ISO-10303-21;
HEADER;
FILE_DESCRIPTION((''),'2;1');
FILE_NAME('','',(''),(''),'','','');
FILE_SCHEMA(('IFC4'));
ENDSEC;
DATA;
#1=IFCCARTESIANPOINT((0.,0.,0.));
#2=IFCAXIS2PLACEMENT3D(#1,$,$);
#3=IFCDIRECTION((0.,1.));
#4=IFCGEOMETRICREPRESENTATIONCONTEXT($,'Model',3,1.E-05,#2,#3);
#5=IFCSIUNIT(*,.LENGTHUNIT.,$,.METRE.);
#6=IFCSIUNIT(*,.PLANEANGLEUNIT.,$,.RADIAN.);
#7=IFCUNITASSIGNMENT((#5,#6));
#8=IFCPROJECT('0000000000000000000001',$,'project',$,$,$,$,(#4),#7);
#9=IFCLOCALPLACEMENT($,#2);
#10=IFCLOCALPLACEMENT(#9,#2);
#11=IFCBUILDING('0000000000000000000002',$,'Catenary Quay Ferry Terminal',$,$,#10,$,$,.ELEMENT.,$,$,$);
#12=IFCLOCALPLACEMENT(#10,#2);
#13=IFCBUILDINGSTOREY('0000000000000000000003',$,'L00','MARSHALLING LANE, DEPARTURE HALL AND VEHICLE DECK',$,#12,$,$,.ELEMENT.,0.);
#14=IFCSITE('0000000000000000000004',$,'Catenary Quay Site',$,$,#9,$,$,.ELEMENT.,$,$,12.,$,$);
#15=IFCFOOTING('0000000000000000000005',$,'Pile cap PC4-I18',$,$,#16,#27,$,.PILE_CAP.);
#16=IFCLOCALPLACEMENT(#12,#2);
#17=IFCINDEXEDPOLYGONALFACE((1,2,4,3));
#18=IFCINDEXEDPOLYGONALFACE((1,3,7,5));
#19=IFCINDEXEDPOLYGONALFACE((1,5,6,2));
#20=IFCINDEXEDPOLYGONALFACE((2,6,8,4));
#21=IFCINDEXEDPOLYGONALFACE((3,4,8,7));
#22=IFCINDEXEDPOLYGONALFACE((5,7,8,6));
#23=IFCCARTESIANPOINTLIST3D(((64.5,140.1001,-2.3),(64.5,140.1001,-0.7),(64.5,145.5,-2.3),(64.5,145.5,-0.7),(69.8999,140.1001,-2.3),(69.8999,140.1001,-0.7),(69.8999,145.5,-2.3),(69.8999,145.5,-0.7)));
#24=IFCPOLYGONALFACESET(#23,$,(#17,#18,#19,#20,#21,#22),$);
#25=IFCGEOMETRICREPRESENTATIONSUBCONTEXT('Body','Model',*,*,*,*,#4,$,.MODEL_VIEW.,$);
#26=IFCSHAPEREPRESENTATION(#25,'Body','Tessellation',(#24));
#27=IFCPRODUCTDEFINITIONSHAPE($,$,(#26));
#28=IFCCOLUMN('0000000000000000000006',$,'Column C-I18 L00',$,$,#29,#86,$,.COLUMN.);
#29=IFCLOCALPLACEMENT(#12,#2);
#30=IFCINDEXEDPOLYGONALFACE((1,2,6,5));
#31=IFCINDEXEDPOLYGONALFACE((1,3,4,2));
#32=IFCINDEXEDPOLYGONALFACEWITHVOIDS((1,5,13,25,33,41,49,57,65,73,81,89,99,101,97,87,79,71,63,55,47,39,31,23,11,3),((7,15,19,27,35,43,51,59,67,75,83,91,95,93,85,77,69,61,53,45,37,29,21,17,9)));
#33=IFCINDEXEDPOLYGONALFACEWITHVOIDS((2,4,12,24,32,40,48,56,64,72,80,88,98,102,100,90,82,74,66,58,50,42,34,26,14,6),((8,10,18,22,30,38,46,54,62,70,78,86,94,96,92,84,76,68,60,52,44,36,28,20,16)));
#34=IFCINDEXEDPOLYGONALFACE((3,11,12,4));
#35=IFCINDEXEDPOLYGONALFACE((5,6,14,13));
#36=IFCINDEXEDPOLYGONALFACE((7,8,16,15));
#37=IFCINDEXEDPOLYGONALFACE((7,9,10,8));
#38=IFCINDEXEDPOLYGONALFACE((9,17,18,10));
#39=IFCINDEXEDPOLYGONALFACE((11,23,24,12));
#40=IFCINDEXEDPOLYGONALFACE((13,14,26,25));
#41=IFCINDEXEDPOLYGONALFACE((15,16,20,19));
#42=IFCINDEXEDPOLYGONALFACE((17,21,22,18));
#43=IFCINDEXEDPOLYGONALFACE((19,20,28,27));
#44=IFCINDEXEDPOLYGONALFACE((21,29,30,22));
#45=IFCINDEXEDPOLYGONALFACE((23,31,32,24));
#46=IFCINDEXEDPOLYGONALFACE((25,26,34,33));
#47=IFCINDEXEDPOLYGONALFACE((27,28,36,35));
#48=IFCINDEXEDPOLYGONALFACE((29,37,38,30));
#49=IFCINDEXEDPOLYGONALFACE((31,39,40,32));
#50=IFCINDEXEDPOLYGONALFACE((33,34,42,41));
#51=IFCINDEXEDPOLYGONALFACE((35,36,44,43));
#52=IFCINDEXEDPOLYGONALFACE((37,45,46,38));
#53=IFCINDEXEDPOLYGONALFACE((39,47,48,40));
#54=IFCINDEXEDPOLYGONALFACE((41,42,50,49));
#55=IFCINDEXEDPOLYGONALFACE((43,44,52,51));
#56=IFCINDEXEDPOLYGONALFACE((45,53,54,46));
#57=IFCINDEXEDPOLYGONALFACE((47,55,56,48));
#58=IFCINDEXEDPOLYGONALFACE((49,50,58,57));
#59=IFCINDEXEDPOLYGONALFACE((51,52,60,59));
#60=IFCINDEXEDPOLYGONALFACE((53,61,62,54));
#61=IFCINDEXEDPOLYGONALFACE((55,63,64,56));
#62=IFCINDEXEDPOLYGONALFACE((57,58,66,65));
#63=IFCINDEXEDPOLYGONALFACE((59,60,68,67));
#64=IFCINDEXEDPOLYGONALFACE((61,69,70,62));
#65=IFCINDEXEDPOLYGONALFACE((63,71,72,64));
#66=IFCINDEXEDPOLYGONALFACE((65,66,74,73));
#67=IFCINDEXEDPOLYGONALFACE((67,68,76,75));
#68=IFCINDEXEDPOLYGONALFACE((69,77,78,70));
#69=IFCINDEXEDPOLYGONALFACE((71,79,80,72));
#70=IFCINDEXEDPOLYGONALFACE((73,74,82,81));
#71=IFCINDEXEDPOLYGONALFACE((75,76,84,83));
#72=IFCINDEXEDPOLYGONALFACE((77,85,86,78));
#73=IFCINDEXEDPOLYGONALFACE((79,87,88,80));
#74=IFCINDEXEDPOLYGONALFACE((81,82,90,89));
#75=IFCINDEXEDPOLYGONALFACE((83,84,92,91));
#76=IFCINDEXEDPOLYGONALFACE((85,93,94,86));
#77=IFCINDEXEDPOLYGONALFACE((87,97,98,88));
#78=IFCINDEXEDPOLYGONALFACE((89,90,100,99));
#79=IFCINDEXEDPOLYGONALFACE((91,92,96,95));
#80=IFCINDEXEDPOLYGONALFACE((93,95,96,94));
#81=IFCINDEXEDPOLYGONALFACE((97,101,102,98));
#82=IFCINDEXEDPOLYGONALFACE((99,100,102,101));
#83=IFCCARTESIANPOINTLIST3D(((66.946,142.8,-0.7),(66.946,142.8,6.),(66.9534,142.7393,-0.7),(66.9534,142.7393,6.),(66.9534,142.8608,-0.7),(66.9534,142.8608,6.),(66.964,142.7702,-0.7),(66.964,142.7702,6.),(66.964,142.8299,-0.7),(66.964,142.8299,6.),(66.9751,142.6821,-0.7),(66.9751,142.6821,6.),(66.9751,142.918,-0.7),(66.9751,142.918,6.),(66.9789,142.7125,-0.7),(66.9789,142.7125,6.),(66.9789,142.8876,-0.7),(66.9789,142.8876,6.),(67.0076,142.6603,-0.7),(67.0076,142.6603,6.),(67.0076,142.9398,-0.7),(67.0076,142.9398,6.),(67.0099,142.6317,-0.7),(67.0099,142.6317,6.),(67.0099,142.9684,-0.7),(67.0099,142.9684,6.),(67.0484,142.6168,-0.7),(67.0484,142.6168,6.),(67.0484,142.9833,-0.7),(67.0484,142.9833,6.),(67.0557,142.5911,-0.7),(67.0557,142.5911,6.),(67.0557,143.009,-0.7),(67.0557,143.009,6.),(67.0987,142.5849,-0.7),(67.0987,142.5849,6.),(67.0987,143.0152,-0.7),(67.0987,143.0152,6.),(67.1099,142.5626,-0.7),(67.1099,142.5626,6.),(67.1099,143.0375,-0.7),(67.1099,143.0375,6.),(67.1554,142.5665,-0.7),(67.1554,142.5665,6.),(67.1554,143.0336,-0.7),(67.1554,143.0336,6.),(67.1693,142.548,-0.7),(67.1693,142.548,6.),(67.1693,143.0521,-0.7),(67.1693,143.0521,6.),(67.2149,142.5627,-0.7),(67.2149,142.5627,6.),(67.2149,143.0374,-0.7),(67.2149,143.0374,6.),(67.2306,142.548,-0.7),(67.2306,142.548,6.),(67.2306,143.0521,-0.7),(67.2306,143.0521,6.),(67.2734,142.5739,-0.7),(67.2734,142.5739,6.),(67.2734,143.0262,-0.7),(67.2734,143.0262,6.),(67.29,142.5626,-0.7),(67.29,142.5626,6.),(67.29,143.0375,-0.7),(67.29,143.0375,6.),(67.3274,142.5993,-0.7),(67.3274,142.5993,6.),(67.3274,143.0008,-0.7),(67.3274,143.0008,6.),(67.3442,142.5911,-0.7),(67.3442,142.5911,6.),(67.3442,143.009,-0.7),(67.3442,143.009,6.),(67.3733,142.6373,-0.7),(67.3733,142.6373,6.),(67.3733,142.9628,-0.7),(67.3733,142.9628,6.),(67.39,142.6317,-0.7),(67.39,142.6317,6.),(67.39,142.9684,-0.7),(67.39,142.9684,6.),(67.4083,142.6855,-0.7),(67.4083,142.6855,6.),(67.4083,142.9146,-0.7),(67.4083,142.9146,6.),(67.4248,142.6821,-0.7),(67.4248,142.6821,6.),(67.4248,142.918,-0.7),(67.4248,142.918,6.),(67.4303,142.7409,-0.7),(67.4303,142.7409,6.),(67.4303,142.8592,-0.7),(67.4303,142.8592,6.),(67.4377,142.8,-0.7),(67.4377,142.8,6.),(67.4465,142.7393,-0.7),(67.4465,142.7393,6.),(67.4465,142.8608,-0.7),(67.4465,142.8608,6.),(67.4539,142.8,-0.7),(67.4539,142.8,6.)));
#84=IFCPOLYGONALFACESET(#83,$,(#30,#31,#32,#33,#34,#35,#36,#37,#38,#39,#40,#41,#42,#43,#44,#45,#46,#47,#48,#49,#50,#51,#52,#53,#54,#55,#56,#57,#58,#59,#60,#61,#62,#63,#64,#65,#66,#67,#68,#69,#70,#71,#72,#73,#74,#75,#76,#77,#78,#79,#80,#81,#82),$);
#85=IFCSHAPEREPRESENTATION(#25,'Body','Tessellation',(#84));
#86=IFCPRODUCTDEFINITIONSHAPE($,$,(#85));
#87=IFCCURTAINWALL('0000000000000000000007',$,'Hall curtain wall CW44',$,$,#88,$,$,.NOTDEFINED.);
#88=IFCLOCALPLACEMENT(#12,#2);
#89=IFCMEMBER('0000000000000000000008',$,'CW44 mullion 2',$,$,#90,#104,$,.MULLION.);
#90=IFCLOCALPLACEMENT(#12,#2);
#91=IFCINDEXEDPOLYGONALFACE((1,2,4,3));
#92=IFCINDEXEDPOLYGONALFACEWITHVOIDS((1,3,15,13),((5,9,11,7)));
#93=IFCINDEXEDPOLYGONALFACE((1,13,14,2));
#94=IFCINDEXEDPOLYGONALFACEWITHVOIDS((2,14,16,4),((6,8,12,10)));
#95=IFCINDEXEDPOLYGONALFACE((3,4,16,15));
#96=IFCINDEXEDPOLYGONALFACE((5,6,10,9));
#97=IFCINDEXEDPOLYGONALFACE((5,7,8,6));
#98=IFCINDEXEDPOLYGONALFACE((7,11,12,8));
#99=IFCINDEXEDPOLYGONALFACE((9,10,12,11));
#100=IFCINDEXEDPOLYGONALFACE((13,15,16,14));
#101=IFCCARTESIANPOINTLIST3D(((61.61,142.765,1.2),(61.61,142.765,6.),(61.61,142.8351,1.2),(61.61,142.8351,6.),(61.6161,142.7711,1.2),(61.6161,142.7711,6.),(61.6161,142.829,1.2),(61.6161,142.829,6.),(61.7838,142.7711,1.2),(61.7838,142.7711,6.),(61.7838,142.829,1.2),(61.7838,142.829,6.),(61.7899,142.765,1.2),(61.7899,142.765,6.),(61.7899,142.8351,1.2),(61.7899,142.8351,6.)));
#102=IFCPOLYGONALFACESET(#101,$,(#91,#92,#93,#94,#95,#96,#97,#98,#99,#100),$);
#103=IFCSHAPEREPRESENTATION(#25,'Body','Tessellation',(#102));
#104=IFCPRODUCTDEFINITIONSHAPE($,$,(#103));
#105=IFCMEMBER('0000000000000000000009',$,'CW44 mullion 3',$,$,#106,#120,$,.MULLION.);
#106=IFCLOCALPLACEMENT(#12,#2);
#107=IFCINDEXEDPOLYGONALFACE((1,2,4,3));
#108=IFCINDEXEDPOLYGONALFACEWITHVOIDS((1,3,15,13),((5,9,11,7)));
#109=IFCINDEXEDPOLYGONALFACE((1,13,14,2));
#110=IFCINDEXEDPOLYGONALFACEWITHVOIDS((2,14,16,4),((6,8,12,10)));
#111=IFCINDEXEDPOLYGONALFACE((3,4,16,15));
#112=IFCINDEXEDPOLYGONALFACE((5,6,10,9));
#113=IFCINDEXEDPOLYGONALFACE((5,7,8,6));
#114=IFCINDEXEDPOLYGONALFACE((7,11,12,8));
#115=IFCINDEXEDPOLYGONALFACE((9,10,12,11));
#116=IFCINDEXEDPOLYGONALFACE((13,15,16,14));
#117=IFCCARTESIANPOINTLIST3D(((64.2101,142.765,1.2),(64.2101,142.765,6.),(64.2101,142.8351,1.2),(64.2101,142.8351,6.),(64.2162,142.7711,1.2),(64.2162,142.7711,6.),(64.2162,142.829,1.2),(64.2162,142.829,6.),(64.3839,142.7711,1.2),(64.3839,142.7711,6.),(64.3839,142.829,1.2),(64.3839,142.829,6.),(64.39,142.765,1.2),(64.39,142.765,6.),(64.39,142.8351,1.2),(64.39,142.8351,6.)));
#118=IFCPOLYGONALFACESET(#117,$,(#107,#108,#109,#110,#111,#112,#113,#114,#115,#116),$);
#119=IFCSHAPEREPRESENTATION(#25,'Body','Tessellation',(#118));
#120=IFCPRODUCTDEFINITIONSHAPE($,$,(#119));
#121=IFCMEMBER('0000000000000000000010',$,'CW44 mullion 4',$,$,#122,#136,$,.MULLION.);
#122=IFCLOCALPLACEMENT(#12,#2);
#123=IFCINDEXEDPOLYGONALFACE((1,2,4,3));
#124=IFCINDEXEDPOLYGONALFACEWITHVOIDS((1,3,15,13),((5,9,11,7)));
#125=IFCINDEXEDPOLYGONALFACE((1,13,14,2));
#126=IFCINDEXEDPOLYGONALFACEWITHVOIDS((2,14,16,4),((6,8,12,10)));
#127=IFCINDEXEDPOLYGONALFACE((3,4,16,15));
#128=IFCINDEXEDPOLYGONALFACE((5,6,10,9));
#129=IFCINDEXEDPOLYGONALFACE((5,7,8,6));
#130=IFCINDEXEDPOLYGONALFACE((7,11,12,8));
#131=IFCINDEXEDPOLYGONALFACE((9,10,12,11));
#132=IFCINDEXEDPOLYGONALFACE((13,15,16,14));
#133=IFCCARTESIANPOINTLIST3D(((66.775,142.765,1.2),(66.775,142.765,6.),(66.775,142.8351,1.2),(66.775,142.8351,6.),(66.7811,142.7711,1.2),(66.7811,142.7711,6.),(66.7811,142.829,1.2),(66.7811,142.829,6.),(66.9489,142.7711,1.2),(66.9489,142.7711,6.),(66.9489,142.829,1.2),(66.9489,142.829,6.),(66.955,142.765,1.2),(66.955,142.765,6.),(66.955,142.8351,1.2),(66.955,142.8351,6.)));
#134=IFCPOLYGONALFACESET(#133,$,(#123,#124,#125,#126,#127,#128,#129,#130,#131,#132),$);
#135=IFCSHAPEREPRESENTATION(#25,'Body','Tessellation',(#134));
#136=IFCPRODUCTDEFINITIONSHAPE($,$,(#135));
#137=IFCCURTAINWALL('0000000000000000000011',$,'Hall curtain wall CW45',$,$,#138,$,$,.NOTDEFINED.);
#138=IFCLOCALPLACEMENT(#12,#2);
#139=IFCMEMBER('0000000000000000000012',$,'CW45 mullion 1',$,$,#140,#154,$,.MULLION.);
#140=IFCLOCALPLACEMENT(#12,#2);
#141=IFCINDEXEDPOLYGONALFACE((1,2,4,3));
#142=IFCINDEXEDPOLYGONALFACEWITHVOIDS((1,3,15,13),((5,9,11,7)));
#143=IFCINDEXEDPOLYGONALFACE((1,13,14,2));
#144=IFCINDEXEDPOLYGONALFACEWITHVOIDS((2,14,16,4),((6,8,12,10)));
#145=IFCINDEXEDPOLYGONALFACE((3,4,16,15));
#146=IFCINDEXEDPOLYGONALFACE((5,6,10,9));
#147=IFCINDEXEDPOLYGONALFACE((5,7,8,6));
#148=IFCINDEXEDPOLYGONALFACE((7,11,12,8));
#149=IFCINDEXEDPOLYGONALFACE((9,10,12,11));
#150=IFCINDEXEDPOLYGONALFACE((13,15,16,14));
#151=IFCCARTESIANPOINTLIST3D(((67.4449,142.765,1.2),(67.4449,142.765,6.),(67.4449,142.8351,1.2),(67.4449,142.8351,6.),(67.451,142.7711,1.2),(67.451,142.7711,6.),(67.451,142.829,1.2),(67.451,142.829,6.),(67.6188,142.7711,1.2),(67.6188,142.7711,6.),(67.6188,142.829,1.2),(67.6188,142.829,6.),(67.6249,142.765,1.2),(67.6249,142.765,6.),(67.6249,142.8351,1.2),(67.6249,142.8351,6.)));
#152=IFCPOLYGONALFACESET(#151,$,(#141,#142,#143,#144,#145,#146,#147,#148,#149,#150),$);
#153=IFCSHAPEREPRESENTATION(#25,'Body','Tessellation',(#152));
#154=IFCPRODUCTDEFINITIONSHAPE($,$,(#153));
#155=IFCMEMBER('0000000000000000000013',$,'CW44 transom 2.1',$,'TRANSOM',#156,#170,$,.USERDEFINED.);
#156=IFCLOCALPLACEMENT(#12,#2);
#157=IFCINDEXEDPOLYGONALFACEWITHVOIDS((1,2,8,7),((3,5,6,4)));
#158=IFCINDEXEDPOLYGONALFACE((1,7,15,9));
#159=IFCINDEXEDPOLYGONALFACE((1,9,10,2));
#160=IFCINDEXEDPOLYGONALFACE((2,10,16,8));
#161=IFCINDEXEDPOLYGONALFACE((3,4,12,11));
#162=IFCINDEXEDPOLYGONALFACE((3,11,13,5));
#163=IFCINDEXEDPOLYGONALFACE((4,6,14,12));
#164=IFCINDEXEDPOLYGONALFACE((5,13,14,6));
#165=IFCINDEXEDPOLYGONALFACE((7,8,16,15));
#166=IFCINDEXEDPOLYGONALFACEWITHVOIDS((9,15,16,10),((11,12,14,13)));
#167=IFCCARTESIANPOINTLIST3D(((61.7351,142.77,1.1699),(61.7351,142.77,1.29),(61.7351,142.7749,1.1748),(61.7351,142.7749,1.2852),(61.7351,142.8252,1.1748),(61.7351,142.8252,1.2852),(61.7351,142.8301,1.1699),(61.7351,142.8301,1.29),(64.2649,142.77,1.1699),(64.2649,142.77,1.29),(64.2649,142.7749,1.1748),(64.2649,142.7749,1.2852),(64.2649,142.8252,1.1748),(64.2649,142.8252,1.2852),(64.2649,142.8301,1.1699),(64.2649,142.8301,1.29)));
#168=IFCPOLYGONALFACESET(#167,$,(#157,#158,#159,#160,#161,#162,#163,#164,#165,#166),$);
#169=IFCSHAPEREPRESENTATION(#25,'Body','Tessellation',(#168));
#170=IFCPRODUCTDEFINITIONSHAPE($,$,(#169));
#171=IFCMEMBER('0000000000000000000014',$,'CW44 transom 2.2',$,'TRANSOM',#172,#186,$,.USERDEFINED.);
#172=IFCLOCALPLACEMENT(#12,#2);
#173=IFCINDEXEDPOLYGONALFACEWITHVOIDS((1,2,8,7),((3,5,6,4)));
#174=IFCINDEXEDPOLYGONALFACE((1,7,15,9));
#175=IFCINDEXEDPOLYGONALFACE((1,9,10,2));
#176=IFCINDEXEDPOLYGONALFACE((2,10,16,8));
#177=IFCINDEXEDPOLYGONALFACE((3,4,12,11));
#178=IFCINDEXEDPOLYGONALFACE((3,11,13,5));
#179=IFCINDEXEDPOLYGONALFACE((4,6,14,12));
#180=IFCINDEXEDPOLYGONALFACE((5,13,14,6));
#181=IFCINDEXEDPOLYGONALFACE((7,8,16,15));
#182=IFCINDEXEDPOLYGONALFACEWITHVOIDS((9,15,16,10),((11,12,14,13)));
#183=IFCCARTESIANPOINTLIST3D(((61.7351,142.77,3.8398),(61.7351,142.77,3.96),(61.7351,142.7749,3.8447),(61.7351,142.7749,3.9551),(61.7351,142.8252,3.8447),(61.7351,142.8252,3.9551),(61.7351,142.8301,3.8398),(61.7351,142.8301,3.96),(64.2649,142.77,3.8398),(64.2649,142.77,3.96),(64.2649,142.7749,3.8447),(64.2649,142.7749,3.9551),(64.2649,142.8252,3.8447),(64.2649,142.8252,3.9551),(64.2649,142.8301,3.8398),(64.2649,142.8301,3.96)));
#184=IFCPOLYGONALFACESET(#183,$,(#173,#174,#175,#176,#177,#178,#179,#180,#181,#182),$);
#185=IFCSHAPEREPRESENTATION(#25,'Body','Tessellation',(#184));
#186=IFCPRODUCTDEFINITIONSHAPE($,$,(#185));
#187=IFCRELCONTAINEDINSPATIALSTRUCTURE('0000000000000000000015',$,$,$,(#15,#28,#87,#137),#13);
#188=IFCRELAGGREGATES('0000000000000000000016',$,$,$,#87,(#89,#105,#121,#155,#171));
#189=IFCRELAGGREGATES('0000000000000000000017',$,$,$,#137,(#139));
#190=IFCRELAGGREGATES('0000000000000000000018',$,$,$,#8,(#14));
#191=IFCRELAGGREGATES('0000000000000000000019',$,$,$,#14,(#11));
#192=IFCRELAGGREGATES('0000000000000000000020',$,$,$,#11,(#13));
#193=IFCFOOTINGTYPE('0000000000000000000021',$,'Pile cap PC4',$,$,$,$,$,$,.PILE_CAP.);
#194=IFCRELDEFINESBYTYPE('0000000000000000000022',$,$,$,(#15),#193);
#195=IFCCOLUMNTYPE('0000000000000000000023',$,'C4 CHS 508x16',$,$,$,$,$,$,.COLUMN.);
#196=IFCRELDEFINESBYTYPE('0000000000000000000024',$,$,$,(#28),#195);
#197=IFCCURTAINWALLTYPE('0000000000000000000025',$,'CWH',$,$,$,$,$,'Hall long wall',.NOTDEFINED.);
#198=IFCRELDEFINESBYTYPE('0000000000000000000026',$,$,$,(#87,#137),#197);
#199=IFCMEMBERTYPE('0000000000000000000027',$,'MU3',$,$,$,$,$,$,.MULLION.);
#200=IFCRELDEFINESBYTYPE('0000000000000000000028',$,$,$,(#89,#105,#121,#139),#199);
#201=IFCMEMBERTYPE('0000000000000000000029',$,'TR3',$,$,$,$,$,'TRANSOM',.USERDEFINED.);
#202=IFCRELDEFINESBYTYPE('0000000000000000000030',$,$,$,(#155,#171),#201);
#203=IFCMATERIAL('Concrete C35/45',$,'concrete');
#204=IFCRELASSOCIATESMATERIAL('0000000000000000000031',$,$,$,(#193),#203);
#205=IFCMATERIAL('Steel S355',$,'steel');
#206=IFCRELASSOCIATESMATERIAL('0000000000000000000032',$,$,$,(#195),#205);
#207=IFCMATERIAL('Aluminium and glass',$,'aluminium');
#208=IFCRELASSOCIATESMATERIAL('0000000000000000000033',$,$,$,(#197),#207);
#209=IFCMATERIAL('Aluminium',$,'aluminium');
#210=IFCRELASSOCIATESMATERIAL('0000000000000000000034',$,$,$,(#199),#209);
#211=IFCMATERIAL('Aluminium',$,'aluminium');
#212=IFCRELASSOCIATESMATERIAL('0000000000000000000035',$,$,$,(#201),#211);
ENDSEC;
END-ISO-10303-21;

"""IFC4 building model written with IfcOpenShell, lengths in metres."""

from ifc_helpers import new_model, si_unit, direction, frame, origin, origin_2d, place, context, subcontext, project, spatial, rectangle, hollow_rectangle, hollow_circle, extrude, material, material_profile, profile_set, type_object, element, aggregate, save


model = new_model("IFC4")

# Units and contexts
model_context = context("Model", 3, precision=1e-05, world=origin(), true_north=direction((0.0, 1.0)))
body_context = subcontext(model_context, "Body", "Model", "MODEL_VIEW")
ifc_project = project(units=[si_unit("LENGTHUNIT", "METRE"), si_unit("PLANEANGLEUNIT", "RADIAN")], contexts=[model_context])

# Site, building, storey
site_placement = place(None, origin())
site = spatial("IfcSite", under=ifc_project, at=site_placement, Name="Catenary Quay Site", CompositionType="ELEMENT", RefElevation=12.0)
building_placement = place(site_placement, origin())
building = spatial("IfcBuilding", under=site, at=building_placement, Name="Catenary Quay Ferry Terminal", CompositionType="ELEMENT")
storey_placement = place(building_placement, origin())
storey = spatial("IfcBuildingStorey", under=building, at=storey_placement, Name="L00", Description="MARSHALLING LANE, DEPARTURE HALL AND VEHICLE DECK", CompositionType="ELEMENT", Elevation=0.0)

# Footing
ifc_material_1 = material(Name="Concrete C35/45", Category="concrete")
footing_type = type_object("IfcFootingType", Name="Pile cap PC4", PredefinedType="PILE_CAP", material=ifc_material_1)
footing_placement = place(storey_placement, frame((67.2, 142.8, -2.3), z_axis=(0.0, 0.0, 1.0), x_axis=(1.0, 0.0, 0.0)))
element("IfcFooting", 1, at=footing_placement, inside=storey, type_object=footing_type, Name="Pile cap PC4-I18", PredefinedType="PILE_CAP", context=body_context, shape_type="SweptSolid", body=[
    extrude(rectangle(XDim=5.3999, YDim=5.3999, at=origin_2d()), origin(), (0.0, 0.0, 1.0), 1.6001),
])

# Column
ifc_material_2 = material(Name="Steel S355", Category="steel")
ifc_material_profile_1 = material_profile(ifc_material_2, hollow_circle(Radius=0.2539, WallThickness=0.0161, at=origin_2d()), Name="CHS 508x16")
ifc_profile_set_1 = profile_set([ifc_material_profile_1], Name="Steel S355")
column_type = type_object("IfcColumnType", Name="C4 CHS 508x16", PredefinedType="COLUMN", material=ifc_profile_set_1)
column_placement = place(storey_placement, frame((67.2, 142.8, -0.7), z_axis=(0.0, 0.0, 1.0), x_axis=(1.0, 0.0, 0.0)))
element("IfcColumn", 2, at=column_placement, inside=storey, type_object=column_type, Name="Column C-I18 L00", PredefinedType="COLUMN", context=body_context, shape_type="SweptSolid", body=[
    extrude(hollow_circle(Radius=0.2539, WallThickness=0.0161, at=origin_2d()), origin(), (0.0, 0.0, 1.0), 6.7),
])

# Curtain wall, members
ifc_material_3 = material(Name="Aluminium and glass", Category="aluminium")
curtain_wall_type = type_object("IfcCurtainWallType", Name="CWH", ElementType="Hall long wall", PredefinedType="NOTDEFINED", material=ifc_material_3)
curtain_wall_1_placement = place(storey_placement, origin())
curtain_wall_1 = element("IfcCurtainWall", 3, at=curtain_wall_1_placement, inside=storey, type_object=curtain_wall_type, Name="Hall curtain wall CW44", PredefinedType="NOTDEFINED")
ifc_material_4 = material(Name="Aluminium", Category="aluminium")
ifc_material_profile_2 = material_profile(ifc_material_4, hollow_rectangle(XDim=0.0701, YDim=0.1799, WallThickness=0.0061, at=origin_2d()), Name="MU3")
ifc_profile_set_2 = profile_set([ifc_material_profile_2], Name="Aluminium")
member_type_1 = type_object("IfcMemberType", Name="MU3", PredefinedType="MULLION", material=ifc_profile_set_2)
member_1_placement = place(storey_placement, frame((61.7, 142.8, 1.2), z_axis=(0.0, 0.0, 1.0), x_axis=(0.0, 1.0, 0.0)))
member_1 = element("IfcMember", 4, at=member_1_placement, type_object=member_type_1, Name="CW44 mullion 2", PredefinedType="MULLION", context=body_context, shape_type="SweptSolid", body=[
    extrude(hollow_rectangle(XDim=0.0701, YDim=0.1799, WallThickness=0.0061, at=origin_2d()), origin(), (0.0, 0.0, 1.0), 4.8),
])
member_2_placement = place(storey_placement, frame((64.3, 142.8, 1.2), z_axis=(0.0, 0.0, 1.0), x_axis=(0.0, 1.0, 0.0)))
member_2 = element("IfcMember", 5, at=member_2_placement, type_object=member_type_1, Name="CW44 mullion 3", PredefinedType="MULLION", context=body_context, shape_type="SweptSolid", body=[
    extrude(hollow_rectangle(XDim=0.0701, YDim=0.1799, WallThickness=0.0061, at=origin_2d()), origin(), (0.0, 0.0, 1.0), 4.8),
])
member_3_placement = place(storey_placement, frame((66.865, 142.8, 1.2), z_axis=(0.0, 0.0, 1.0), x_axis=(0.0, 1.0, 0.0)))
member_3 = element("IfcMember", 6, at=member_3_placement, type_object=member_type_1, Name="CW44 mullion 4", PredefinedType="MULLION", context=body_context, shape_type="SweptSolid", body=[
    extrude(hollow_rectangle(XDim=0.0701, YDim=0.1799, WallThickness=0.0061, at=origin_2d()), origin(), (0.0, 0.0, 1.0), 4.8),
])

# Curtain wall, member
curtain_wall_2_placement = place(storey_placement, origin())
curtain_wall_2 = element("IfcCurtainWall", 7, at=curtain_wall_2_placement, inside=storey, type_object=curtain_wall_type, Name="Hall curtain wall CW45", PredefinedType="NOTDEFINED")
member_4_placement = place(storey_placement, frame((67.5349, 142.8, 1.2), z_axis=(0.0, 0.0, 1.0), x_axis=(0.0, 1.0, 0.0)))
member_4 = element("IfcMember", 8, at=member_4_placement, type_object=member_type_1, Name="CW45 mullion 1", PredefinedType="MULLION", context=body_context, shape_type="SweptSolid", body=[
    extrude(hollow_rectangle(XDim=0.0701, YDim=0.1799, WallThickness=0.0061, at=origin_2d()), origin(), (0.0, 0.0, 1.0), 4.8),
])

# Members
ifc_material_5 = material(Name="Aluminium", Category="aluminium")
ifc_material_profile_3 = material_profile(ifc_material_5, hollow_rectangle(XDim=0.0601, YDim=0.1201, WallThickness=0.0049, at=origin_2d()), Name="TR3")
ifc_profile_set_3 = profile_set([ifc_material_profile_3], Name="Aluminium")
member_type_2 = type_object("IfcMemberType", Name="TR3", ElementType="TRANSOM", PredefinedType="USERDEFINED", material=ifc_profile_set_3)
member_5_placement = place(storey_placement, frame((61.7351, 142.8, 1.23), z_axis=(1.0, 0.0, 0.0), x_axis=(0.0, 1.0, 0.0)))
member_5 = element("IfcMember", 9, at=member_5_placement, type_object=member_type_2, Name="CW44 transom 2.1", ObjectType="TRANSOM", PredefinedType="USERDEFINED", context=body_context, shape_type="SweptSolid", body=[
    extrude(hollow_rectangle(XDim=0.0601, YDim=0.1201, WallThickness=0.0049, at=origin_2d()), origin(), (0.0, 0.0, 1.0), 2.5298),
])
member_6_placement = place(storey_placement, frame((61.7351, 142.8, 3.8999), z_axis=(1.0, 0.0, 0.0), x_axis=(0.0, 1.0, 0.0)))
member_6 = element("IfcMember", 10, at=member_6_placement, type_object=member_type_2, Name="CW44 transom 2.2", ObjectType="TRANSOM", PredefinedType="USERDEFINED", context=body_context, shape_type="SweptSolid", body=[
    extrude(hollow_rectangle(XDim=0.0601, YDim=0.1201, WallThickness=0.0049, at=origin_2d()), origin(), (0.0, 0.0, 1.0), 2.5298),
])

aggregate(curtain_wall_1, [member_1, member_2, member_3, member_5, member_6])
aggregate(curtain_wall_2, [member_4])

save(model, "model.ifc")
